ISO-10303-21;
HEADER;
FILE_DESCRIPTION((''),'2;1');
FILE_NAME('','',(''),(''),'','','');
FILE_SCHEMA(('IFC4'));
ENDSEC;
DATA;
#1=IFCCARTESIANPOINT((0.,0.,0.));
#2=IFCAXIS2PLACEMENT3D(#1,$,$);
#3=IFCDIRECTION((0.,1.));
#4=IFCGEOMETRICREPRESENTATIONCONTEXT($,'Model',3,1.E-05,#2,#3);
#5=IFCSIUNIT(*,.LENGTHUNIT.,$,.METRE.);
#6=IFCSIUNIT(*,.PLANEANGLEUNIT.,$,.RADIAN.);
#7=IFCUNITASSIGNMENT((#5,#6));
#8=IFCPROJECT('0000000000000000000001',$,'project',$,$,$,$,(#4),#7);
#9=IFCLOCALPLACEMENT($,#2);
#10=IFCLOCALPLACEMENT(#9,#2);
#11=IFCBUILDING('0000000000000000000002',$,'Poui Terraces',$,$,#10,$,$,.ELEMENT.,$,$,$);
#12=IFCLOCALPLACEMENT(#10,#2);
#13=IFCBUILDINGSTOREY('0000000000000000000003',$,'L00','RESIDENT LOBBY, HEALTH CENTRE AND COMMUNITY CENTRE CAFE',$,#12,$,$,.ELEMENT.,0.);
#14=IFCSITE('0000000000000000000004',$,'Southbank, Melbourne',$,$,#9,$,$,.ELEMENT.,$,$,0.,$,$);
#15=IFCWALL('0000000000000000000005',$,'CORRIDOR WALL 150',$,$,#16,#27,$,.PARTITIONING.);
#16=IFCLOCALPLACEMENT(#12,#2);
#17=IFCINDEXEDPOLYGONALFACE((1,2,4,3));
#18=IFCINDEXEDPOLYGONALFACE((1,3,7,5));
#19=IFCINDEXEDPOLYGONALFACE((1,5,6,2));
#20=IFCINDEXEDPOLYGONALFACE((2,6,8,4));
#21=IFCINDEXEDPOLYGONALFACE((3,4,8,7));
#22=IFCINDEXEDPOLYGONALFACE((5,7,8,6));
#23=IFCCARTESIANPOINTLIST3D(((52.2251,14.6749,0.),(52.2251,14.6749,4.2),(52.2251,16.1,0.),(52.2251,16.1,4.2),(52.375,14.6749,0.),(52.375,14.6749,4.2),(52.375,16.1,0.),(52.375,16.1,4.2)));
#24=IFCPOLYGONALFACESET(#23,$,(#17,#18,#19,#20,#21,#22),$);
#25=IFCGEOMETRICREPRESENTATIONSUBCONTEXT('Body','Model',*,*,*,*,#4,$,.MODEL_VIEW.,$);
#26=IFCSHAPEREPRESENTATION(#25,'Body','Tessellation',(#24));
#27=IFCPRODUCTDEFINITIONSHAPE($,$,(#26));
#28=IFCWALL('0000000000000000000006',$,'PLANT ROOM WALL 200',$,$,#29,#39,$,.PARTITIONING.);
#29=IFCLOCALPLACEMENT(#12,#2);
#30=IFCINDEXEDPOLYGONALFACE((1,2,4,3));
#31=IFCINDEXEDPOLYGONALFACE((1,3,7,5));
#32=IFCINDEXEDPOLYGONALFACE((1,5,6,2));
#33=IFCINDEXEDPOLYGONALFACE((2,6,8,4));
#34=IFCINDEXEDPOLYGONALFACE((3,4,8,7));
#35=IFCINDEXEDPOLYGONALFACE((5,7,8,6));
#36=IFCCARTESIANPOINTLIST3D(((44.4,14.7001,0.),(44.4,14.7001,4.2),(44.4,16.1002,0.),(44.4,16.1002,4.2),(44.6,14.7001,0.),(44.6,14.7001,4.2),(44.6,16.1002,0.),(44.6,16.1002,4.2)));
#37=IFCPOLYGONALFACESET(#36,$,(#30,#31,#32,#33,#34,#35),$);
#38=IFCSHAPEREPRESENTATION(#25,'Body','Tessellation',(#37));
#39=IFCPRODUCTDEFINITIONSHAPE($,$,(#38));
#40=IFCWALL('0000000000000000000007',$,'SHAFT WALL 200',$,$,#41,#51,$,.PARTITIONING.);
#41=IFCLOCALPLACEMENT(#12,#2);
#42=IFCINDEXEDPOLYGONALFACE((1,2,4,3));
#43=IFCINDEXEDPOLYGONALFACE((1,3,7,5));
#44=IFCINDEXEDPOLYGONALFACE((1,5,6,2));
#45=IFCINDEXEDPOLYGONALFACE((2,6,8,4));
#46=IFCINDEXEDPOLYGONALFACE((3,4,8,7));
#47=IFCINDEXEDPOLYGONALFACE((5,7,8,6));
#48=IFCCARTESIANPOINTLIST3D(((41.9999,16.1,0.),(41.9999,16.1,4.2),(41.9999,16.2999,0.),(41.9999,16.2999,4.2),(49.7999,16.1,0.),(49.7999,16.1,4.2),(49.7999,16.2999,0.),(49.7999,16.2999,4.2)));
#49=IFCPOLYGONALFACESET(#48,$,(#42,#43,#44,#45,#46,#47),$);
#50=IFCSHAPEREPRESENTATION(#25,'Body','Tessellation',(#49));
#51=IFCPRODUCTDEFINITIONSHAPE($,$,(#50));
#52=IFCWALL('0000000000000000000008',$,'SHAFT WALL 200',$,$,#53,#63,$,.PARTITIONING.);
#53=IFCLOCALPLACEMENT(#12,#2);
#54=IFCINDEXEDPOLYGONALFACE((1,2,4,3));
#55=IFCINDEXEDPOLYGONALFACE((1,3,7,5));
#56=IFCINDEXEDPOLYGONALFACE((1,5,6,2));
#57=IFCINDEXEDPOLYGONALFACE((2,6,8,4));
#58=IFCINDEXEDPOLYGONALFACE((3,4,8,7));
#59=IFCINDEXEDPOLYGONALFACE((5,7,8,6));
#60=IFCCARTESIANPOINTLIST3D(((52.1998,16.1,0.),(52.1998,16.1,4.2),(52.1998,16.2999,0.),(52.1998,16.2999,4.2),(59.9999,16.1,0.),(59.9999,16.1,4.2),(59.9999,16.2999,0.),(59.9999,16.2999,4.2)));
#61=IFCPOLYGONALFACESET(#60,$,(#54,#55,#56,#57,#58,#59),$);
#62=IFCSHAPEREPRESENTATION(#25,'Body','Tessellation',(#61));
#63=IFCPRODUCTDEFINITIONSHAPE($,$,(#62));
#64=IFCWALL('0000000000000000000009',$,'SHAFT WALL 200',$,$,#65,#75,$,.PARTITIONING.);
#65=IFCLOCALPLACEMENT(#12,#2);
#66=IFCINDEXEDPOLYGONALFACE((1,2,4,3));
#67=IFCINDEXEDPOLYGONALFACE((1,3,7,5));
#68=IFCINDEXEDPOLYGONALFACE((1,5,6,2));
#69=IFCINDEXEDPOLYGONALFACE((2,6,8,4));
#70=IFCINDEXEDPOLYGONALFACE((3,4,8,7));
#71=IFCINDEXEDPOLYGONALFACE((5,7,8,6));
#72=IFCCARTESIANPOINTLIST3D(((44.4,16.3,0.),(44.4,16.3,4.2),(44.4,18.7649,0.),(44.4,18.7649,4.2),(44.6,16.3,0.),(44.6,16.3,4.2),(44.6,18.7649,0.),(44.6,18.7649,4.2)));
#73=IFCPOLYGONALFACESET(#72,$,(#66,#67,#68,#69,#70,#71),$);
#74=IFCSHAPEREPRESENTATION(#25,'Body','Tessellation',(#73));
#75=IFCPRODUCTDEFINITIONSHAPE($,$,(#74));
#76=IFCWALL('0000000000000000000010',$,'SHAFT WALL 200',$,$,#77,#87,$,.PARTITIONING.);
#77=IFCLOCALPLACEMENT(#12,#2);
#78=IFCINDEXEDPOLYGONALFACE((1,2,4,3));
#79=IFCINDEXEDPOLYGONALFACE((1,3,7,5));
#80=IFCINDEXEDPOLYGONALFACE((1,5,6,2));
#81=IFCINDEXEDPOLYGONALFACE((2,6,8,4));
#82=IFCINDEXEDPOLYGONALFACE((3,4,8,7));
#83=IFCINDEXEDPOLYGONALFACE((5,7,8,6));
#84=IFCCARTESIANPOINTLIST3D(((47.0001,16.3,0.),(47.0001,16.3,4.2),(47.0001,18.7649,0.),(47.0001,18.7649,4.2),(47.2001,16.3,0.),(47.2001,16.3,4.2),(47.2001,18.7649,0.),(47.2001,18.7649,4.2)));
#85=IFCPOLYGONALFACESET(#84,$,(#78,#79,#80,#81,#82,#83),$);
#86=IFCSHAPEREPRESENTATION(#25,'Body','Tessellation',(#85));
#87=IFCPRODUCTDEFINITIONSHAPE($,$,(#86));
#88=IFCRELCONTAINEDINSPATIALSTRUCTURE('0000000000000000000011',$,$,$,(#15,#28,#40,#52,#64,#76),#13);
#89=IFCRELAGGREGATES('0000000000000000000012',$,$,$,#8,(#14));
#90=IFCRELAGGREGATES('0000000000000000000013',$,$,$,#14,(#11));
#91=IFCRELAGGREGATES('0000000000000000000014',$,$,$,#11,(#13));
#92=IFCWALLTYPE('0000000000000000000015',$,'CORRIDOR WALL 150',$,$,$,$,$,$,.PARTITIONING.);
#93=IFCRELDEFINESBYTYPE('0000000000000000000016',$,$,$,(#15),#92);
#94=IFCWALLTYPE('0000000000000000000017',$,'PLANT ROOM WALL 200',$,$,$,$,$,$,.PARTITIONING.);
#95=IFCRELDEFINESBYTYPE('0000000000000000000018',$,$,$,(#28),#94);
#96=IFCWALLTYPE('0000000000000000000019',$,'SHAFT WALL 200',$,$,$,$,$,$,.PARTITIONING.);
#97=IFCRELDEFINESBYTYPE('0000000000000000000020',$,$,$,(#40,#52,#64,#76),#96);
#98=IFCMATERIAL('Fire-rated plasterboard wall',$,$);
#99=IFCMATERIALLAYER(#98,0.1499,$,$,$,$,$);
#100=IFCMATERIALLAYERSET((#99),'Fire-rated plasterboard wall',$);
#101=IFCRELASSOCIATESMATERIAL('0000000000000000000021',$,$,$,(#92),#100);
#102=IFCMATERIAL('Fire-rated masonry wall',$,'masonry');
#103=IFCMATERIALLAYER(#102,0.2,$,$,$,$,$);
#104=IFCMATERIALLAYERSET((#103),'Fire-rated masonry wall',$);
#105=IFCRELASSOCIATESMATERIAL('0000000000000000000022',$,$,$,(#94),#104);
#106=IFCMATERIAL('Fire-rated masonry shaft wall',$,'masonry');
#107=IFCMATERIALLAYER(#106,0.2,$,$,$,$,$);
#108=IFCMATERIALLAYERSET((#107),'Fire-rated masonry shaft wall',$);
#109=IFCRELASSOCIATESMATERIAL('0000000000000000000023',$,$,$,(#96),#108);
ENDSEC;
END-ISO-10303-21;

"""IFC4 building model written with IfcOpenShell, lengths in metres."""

from ifc_helpers import new_model, si_unit, direction, frame, frame_2d, origin, place, context, subcontext, project, spatial, rectangle, extrude, material, layer, layer_set, type_object, element, save


model = new_model("IFC4")

# Units and contexts
model_context = context("Model", 3, precision=1e-05, world=origin(), true_north=direction((0.0, 1.0)))
body_context = subcontext(model_context, "Body", "Model", "MODEL_VIEW")
ifc_project = project(units=[si_unit("LENGTHUNIT", "METRE"), si_unit("PLANEANGLEUNIT", "RADIAN")], contexts=[model_context])

# Site, building, storey
site_placement = place(None, origin())
site = spatial("IfcSite", under=ifc_project, at=site_placement, Name="Southbank, Melbourne", CompositionType="ELEMENT", RefElevation=0.0)
building_placement = place(site_placement, origin())
building = spatial("IfcBuilding", under=site, at=building_placement, Name="Poui Terraces", CompositionType="ELEMENT")
storey_placement = place(building_placement, origin())
storey = spatial("IfcBuildingStorey", under=building, at=storey_placement, Name="L00", Description="RESIDENT LOBBY, HEALTH CENTRE AND COMMUNITY CENTRE CAFE", CompositionType="ELEMENT", Elevation=0.0)

# Shared definitions
ifc_material_1 = material(Name="Fire-rated plasterboard wall")
ifc_layer_1 = layer(ifc_material_1, 0.1499)
ifc_layer_set_1 = layer_set([ifc_layer_1], Name="Fire-rated plasterboard wall")
wall_type_1 = type_object("IfcWallType", Name="CORRIDOR WALL 150", PredefinedType="PARTITIONING", material=ifc_layer_set_1)

# Walls
wall_1_placement = place(storey_placement, frame((52.3, 14.675, 0.0), z_axis=(0.0, 0.0, 1.0), x_axis=(0.0, 1.0, 0.0)))
element("IfcWall", 1, at=wall_1_placement, inside=storey, type_object=wall_type_1, Name="CORRIDOR WALL 150", PredefinedType="PARTITIONING", context=body_context, shape_type="SweptSolid", body=[
    extrude(rectangle(XDim=1.425, YDim=0.1499, at=frame_2d((0.7124, 0.0))), origin(), (0.0, 0.0, 1.0), 4.2),
])
ifc_material_2 = material(Name="Fire-rated masonry wall", Category="masonry")
ifc_layer_2 = layer(ifc_material_2, 0.2)
ifc_layer_set_2 = layer_set([ifc_layer_2], Name="Fire-rated masonry wall")
wall_type_2 = type_object("IfcWallType", Name="PLANT ROOM WALL 200", PredefinedType="PARTITIONING", material=ifc_layer_set_2)
wall_2_placement = place(storey_placement, frame((44.5, 14.7, 0.0), z_axis=(0.0, 0.0, 1.0), x_axis=(0.0, 1.0, 0.0)))
element("IfcWall", 2, at=wall_2_placement, inside=storey, type_object=wall_type_2, Name="PLANT ROOM WALL 200", PredefinedType="PARTITIONING", context=body_context, shape_type="SweptSolid", body=[
    extrude(rectangle(XDim=1.4001, YDim=0.2, at=frame_2d((0.7002, 0.0))), origin(), (0.0, 0.0, 1.0), 4.2),
])
ifc_material_3 = material(Name="Fire-rated masonry shaft wall", Category="masonry")
ifc_layer_3 = layer(ifc_material_3, 0.2)
ifc_layer_set_3 = layer_set([ifc_layer_3], Name="Fire-rated masonry shaft wall")
wall_type_3 = type_object("IfcWallType", Name="SHAFT WALL 200", PredefinedType="PARTITIONING", material=ifc_layer_set_3)
for number, where, z_axis, x_axis, name in (
    (3, (42.0, 16.2, 0.0), (0.0, 0.0, 1.0), (1.0, 0.0, 0.0), "SHAFT WALL 200"),
    (4, (52.2, 16.2, 0.0), (0.0, 0.0, 1.0), (1.0, 0.0, 0.0), "SHAFT WALL 200"),
):
    element("IfcWall", number, at=place(storey_placement, frame(where, z_axis=z_axis, x_axis=x_axis)), inside=storey, type_object=wall_type_3, Name=name, PredefinedType="PARTITIONING", context=body_context, shape_type="SweptSolid", body=[
        extrude(rectangle(XDim=7.8, YDim=0.2, at=frame_2d((3.8999, 0.0))), origin(), (0.0, 0.0, 1.0), 4.2),
    ])
for number, where, z_axis, x_axis, name in (
    (5, (44.5, 16.3, 0.0), (0.0, 0.0, 1.0), (0.0, 1.0, 0.0), "SHAFT WALL 200"),
    (6, (47.1001, 16.3, 0.0), (0.0, 0.0, 1.0), (0.0, 1.0, 0.0), "SHAFT WALL 200"),
):
    element("IfcWall", number, at=place(storey_placement, frame(where, z_axis=z_axis, x_axis=x_axis)), inside=storey, type_object=wall_type_3, Name=name, PredefinedType="PARTITIONING", context=body_context, shape_type="SweptSolid", body=[
        extrude(rectangle(XDim=2.4648, YDim=0.2, at=frame_2d((1.2324, 0.0))), origin(), (0.0, 0.0, 1.0), 4.2),
    ])

save(model, "model.ifc")
